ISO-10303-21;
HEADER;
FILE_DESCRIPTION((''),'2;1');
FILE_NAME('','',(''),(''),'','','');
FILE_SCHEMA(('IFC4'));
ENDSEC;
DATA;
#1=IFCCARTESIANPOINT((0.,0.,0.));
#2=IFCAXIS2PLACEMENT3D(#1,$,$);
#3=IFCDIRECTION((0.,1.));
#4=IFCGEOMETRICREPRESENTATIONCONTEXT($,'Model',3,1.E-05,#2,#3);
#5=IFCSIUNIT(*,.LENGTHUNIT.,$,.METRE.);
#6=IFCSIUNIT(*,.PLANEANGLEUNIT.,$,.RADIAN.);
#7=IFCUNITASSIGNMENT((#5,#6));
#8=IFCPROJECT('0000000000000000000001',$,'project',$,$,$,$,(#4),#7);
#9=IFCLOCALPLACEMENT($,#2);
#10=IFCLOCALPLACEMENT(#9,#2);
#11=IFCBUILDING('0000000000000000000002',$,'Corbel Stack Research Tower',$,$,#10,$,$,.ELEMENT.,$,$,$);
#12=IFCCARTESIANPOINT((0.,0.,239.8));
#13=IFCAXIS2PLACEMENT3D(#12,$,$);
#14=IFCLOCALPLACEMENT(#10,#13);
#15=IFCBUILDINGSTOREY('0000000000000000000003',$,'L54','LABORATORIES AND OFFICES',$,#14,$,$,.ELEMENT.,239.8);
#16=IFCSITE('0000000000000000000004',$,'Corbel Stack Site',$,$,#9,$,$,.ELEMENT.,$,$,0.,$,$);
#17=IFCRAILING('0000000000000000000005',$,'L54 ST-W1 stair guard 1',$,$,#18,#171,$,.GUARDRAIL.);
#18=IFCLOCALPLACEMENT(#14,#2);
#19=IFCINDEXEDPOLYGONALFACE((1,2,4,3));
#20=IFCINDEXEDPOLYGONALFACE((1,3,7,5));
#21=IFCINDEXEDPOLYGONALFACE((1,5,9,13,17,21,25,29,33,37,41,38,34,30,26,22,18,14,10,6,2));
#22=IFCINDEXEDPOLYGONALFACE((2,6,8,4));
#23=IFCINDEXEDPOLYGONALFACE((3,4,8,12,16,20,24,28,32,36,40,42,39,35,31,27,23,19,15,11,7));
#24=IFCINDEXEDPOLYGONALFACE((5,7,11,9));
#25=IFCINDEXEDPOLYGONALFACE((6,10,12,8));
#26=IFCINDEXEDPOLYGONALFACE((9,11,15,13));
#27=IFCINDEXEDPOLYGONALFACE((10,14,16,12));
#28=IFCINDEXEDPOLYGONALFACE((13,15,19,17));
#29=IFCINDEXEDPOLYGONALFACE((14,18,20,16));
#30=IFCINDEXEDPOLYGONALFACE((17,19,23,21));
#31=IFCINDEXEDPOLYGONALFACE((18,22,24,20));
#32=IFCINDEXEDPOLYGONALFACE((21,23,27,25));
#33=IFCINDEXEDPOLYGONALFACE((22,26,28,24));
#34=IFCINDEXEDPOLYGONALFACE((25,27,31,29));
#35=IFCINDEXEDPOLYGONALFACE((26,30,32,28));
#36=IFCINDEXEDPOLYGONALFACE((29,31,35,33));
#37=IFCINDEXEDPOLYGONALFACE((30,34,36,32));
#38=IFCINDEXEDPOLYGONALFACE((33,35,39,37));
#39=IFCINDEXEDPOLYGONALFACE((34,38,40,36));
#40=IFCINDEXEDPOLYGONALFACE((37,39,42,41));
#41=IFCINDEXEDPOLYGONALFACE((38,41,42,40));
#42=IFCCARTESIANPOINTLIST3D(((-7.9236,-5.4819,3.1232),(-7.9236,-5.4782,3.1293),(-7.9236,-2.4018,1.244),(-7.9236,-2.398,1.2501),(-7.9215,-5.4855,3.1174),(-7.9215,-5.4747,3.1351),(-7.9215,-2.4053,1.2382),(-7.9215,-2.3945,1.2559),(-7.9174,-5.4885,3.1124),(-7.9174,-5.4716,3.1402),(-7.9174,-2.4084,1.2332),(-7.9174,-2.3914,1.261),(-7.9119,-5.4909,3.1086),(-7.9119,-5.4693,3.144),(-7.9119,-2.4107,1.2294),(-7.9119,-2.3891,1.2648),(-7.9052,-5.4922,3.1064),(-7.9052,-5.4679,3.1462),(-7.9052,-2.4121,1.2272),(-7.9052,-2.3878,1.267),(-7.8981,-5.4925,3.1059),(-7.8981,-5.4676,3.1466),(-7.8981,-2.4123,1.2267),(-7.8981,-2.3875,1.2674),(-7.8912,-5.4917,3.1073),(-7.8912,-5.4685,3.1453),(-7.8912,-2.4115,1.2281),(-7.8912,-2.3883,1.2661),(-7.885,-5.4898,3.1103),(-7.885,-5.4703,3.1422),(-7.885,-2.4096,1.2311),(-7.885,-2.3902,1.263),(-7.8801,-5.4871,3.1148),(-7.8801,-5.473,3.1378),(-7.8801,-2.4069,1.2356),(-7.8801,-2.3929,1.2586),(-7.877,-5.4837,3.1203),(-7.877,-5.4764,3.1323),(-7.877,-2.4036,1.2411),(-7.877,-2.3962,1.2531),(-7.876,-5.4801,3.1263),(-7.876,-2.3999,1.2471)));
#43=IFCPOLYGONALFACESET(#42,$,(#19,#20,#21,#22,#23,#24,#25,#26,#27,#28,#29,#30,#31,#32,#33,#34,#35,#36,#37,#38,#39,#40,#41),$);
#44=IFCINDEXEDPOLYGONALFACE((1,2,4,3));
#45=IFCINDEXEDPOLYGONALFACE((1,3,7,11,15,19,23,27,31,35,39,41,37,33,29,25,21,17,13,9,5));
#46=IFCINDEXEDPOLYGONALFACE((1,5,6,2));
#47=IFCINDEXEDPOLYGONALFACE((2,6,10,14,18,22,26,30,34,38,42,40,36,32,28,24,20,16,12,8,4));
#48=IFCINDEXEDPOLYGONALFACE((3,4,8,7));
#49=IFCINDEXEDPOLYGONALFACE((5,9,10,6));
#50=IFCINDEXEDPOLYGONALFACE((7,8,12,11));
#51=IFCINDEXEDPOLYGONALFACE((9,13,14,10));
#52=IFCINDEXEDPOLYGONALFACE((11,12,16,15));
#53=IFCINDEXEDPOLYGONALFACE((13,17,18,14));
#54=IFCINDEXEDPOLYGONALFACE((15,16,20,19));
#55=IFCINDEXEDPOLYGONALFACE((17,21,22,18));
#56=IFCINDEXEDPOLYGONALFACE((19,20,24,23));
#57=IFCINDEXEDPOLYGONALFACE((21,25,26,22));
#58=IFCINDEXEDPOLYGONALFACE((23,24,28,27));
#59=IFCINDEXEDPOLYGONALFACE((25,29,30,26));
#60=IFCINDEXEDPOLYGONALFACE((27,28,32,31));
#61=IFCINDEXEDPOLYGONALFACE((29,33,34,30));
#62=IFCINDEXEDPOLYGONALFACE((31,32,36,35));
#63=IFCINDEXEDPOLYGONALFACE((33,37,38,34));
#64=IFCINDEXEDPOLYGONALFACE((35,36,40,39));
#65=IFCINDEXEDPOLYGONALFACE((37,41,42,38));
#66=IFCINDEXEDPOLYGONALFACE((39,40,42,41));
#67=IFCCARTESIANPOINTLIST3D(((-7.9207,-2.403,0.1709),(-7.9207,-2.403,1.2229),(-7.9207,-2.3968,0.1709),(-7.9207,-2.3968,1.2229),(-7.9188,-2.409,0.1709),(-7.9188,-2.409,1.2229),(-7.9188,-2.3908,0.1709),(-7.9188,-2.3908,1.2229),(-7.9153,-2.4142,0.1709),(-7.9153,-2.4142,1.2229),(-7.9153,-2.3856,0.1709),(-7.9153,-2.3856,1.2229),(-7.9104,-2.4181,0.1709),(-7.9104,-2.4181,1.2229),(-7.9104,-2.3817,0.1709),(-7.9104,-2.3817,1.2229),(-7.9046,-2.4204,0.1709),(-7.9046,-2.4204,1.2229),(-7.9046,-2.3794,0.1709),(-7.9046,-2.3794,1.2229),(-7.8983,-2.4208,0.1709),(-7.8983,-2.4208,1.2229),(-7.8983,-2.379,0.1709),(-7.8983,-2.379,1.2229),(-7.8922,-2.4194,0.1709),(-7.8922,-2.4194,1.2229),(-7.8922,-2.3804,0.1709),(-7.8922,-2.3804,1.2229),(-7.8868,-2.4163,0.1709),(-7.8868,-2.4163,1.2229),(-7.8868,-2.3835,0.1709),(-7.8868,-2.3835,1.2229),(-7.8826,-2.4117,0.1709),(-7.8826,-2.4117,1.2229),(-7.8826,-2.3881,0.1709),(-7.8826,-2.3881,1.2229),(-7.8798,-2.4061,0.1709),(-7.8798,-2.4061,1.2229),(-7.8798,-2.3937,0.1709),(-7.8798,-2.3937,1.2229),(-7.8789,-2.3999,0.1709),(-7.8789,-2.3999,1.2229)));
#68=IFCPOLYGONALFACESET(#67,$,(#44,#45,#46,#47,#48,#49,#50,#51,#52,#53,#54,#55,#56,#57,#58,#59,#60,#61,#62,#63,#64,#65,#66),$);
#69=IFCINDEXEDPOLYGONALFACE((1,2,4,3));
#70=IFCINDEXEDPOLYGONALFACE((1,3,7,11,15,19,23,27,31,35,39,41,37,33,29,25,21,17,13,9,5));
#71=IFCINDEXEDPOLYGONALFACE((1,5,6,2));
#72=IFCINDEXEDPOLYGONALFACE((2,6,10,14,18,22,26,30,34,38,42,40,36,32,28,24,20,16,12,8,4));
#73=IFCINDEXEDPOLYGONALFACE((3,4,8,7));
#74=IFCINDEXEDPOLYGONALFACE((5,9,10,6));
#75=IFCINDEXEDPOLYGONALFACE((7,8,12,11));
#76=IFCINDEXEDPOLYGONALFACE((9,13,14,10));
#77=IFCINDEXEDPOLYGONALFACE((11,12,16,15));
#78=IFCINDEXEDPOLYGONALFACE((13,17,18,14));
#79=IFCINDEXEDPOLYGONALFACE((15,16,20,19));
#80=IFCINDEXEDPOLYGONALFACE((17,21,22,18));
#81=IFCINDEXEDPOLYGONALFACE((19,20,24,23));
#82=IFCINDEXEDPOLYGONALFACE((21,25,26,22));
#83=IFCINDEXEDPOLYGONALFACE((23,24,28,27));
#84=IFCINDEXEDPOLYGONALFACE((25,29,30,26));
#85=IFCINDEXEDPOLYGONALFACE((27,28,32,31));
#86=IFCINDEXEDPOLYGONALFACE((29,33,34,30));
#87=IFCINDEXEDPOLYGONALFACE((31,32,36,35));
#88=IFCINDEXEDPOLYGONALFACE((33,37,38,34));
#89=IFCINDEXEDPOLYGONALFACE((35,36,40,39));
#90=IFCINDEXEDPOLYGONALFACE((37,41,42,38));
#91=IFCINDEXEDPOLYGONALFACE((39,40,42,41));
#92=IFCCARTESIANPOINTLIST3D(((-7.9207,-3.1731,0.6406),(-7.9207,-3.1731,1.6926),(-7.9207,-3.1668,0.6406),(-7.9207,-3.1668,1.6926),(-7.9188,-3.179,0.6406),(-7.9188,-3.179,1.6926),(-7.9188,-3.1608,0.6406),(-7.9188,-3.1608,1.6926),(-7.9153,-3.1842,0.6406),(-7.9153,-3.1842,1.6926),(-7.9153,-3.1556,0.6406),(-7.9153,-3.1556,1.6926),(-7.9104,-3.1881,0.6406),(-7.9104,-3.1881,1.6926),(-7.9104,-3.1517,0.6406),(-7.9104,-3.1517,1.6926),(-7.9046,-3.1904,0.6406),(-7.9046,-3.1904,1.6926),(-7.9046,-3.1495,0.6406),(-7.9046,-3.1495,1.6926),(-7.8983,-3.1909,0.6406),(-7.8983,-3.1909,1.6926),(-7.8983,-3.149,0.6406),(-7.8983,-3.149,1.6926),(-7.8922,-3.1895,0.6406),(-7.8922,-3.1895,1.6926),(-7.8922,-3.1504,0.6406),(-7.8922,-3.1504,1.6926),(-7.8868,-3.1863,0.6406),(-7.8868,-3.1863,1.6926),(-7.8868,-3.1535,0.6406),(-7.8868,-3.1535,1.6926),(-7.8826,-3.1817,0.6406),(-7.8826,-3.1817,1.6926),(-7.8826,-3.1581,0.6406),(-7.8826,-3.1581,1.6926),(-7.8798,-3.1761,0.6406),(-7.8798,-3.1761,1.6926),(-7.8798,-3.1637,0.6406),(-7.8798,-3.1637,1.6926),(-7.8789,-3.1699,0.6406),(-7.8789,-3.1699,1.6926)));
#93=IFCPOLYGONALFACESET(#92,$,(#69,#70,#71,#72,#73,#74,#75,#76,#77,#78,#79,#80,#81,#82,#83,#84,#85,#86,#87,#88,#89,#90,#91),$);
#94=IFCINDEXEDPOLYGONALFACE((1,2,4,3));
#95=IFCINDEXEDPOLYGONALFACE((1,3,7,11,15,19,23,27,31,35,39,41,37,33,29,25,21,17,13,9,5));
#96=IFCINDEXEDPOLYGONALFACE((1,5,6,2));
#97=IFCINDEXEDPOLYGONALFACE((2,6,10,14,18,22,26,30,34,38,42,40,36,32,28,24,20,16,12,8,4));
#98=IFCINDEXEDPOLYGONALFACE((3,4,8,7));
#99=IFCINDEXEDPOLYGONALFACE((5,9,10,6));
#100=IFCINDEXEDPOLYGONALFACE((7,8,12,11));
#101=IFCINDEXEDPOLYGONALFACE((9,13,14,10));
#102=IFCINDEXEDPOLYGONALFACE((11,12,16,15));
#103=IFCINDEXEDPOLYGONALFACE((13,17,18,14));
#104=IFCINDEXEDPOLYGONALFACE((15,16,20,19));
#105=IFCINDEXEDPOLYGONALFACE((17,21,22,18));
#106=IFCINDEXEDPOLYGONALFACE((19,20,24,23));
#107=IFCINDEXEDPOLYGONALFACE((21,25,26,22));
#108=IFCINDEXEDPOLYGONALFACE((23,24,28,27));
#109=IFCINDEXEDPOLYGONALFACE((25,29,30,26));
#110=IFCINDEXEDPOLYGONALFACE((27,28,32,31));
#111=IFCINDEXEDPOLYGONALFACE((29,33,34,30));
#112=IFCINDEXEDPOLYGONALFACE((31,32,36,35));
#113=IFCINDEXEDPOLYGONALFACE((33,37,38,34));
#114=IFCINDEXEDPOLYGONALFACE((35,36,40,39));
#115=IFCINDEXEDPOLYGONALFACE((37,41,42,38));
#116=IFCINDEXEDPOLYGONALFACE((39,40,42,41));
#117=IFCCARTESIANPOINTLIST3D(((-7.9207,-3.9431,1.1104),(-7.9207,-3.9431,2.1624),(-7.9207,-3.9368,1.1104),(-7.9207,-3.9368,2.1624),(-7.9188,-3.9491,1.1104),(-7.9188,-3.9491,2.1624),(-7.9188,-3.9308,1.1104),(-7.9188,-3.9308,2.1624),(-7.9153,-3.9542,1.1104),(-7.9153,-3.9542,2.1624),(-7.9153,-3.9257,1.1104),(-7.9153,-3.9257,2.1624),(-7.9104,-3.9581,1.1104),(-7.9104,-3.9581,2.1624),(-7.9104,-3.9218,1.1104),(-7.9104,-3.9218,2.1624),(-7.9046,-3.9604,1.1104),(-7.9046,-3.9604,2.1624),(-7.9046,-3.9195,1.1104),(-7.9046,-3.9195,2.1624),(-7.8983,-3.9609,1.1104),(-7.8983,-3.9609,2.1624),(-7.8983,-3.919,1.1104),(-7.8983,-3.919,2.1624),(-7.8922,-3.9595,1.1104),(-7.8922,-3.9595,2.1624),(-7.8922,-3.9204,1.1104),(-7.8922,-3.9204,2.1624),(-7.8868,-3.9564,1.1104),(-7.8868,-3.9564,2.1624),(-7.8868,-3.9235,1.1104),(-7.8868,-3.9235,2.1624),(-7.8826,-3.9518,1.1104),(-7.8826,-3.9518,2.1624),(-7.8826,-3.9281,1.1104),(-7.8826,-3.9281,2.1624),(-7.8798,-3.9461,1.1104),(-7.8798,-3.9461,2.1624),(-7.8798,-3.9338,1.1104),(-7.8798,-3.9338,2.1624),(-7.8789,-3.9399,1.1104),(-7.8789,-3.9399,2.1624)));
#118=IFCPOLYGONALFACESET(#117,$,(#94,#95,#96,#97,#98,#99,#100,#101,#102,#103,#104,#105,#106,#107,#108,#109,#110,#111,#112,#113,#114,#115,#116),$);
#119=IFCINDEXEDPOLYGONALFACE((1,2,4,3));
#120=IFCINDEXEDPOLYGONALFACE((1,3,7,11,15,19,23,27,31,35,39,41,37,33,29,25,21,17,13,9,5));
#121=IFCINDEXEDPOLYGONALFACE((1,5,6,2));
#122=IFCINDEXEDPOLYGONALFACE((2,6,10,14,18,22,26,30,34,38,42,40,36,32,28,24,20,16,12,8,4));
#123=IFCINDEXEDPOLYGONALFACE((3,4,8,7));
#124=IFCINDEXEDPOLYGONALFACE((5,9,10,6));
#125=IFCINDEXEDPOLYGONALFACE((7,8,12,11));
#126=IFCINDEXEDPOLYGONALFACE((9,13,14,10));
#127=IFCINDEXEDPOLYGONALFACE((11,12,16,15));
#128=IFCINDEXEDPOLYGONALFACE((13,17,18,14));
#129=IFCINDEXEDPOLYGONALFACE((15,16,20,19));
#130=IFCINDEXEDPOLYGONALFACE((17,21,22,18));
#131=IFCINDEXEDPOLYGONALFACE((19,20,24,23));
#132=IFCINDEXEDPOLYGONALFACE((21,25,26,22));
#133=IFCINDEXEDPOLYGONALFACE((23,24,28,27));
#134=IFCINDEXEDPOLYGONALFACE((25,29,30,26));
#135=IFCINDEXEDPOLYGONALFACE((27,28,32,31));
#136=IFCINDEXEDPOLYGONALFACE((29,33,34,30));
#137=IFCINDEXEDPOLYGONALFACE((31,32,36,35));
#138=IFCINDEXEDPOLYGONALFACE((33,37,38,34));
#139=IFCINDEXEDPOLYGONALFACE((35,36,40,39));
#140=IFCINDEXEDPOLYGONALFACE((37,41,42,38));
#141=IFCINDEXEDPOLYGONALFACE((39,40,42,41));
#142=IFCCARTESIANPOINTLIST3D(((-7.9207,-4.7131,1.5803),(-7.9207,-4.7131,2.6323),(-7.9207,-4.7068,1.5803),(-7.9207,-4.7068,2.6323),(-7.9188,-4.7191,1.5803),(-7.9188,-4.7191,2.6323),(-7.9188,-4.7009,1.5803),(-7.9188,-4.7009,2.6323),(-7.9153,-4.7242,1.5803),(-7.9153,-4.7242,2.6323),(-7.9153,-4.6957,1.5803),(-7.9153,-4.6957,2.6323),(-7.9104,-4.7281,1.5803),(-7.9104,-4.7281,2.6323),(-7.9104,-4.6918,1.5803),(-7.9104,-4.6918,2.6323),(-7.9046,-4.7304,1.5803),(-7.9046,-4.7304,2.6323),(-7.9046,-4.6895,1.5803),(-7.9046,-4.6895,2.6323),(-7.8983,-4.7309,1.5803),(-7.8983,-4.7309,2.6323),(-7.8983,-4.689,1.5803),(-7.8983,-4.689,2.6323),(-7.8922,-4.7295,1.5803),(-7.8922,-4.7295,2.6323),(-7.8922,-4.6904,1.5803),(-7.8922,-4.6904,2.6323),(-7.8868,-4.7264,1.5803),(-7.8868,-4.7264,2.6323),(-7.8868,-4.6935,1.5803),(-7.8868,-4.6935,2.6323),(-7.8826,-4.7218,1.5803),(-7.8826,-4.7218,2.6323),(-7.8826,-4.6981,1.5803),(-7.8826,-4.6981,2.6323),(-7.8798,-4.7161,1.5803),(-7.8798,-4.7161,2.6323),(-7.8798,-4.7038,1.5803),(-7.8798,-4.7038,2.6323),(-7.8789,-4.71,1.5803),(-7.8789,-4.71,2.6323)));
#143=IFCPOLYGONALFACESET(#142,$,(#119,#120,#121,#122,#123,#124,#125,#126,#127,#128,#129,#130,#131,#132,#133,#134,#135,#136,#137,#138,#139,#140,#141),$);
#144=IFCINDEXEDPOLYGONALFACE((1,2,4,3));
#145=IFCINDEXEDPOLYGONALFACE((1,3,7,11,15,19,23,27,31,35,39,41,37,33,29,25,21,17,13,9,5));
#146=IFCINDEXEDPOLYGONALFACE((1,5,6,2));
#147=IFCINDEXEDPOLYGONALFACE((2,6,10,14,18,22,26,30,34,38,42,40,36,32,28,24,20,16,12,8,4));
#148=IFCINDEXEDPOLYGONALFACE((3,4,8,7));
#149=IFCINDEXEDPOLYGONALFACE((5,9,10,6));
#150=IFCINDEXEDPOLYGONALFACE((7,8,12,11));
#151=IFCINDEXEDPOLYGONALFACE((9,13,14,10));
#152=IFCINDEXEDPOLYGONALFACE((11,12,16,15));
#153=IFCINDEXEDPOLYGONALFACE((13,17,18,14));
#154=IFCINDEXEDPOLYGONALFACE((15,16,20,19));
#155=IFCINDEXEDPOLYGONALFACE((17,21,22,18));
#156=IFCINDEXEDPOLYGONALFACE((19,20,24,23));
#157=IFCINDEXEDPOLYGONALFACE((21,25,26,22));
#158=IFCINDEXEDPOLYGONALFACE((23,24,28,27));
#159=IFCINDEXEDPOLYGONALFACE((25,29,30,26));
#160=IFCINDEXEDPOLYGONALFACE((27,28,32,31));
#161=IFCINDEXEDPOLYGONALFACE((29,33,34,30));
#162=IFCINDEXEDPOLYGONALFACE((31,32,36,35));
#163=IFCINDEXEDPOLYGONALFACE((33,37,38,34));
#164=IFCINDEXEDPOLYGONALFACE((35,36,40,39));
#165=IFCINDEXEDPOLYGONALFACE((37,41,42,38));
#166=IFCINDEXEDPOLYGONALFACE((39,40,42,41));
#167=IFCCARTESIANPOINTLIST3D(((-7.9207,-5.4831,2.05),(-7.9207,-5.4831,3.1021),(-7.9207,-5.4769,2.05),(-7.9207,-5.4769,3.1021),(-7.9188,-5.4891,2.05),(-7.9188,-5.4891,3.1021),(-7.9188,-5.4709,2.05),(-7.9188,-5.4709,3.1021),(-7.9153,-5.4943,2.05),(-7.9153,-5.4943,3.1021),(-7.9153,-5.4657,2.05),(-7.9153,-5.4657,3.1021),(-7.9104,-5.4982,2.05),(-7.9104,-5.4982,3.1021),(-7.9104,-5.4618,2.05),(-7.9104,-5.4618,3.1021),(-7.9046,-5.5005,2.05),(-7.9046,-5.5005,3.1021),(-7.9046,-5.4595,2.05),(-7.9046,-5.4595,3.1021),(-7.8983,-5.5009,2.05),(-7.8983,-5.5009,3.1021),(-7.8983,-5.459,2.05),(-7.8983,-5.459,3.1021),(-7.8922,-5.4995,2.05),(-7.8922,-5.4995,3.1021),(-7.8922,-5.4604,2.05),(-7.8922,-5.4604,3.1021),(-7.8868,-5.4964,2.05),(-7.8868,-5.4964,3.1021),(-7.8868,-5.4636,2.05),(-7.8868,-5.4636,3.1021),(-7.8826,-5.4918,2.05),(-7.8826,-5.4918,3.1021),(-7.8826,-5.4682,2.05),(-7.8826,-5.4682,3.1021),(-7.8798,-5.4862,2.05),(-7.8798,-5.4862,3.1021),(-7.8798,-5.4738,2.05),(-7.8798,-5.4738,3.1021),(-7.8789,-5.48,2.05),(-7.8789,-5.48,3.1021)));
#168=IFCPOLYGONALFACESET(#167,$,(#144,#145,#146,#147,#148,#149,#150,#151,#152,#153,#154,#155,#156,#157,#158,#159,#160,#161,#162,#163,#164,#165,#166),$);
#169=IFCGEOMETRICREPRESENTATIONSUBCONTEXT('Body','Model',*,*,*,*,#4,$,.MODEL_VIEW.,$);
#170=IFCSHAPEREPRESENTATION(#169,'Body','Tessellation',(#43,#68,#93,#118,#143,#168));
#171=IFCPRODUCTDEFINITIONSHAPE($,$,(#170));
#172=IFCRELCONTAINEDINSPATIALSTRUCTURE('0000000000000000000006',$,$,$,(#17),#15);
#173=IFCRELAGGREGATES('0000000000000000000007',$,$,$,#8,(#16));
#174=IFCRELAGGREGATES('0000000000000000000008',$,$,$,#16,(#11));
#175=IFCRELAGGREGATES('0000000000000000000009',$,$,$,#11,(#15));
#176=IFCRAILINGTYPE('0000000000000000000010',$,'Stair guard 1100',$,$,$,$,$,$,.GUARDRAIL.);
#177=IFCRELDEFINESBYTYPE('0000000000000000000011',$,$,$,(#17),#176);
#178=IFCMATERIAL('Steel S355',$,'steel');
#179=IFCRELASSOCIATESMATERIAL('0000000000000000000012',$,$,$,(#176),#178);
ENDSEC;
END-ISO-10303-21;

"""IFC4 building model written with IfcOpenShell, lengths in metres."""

from ifc_helpers import new_model, si_unit, direction, frame, origin, origin_2d, place, context, subcontext, project, spatial, circle, extrude, material, type_object, element, save


model = new_model("IFC4")

# Units and contexts
model_context = context("Model", 3, precision=1e-05, world=origin(), true_north=direction((0.0, 1.0)))
body_context = subcontext(model_context, "Body", "Model", "MODEL_VIEW")
ifc_project = project(units=[si_unit("LENGTHUNIT", "METRE"), si_unit("PLANEANGLEUNIT", "RADIAN")], contexts=[model_context])

# Site, building, storey
site_placement = place(None, origin())
site = spatial("IfcSite", under=ifc_project, at=site_placement, Name="Corbel Stack Site", CompositionType="ELEMENT", RefElevation=0.0)
building_placement = place(site_placement, origin())
building = spatial("IfcBuilding", under=site, at=building_placement, Name="Corbel Stack Research Tower", CompositionType="ELEMENT")
storey_placement = place(building_placement, frame((0.0, 0.0, 239.8)))
storey = spatial("IfcBuildingStorey", under=building, at=storey_placement, Name="L54", Description="LABORATORIES AND OFFICES", CompositionType="ELEMENT", Elevation=239.8)

# Railing
ifc_material_1 = material(Name="Steel S355", Category="steel")
railing_type_1 = type_object("IfcRailingType", Name="Stair guard 1100", PredefinedType="GUARDRAIL", material=ifc_material_1)
railing_1_placement = place(storey_placement, frame((-7.8999, -2.3999, 0.1709)))
element("IfcRailing", 1, at=railing_1_placement, inside=storey, type_object=railing_type_1, Name="L54 ST-W1 stair guard 1", PredefinedType="GUARDRAIL", context=body_context, shape_type="SweptSolid", body=[
    extrude(circle(Radius=0.0239, at=origin_2d()), frame((0.0, 0.0, 1.0762), z_axis=(0.0, -0.853666, 0.52082), x_axis=(1.0, 0.0, 0.0)), (0.0, 0.0, 1.0), 3.6082),
    extrude(circle(Radius=0.021, at=origin_2d()), origin(), (0.0, 0.0, 1.0), 1.052),
    extrude(circle(Radius=0.021, at=origin_2d()), frame((0.0, -0.77, 0.4697)), (0.0, 0.0, 1.0), 1.052),
    extrude(circle(Radius=0.021, at=origin_2d()), frame((0.0, -1.54, 0.9395)), (0.0, 0.0, 1.0), 1.052),
    extrude(circle(Radius=0.021, at=origin_2d()), frame((0.0, -2.3101, 1.4094)), (0.0, 0.0, 1.0), 1.052),
    extrude(circle(Radius=0.021, at=origin_2d()), frame((0.0, -3.0801, 1.8792)), (0.0, 0.0, 1.0), 1.052),
])

save(model, "model.ifc")
